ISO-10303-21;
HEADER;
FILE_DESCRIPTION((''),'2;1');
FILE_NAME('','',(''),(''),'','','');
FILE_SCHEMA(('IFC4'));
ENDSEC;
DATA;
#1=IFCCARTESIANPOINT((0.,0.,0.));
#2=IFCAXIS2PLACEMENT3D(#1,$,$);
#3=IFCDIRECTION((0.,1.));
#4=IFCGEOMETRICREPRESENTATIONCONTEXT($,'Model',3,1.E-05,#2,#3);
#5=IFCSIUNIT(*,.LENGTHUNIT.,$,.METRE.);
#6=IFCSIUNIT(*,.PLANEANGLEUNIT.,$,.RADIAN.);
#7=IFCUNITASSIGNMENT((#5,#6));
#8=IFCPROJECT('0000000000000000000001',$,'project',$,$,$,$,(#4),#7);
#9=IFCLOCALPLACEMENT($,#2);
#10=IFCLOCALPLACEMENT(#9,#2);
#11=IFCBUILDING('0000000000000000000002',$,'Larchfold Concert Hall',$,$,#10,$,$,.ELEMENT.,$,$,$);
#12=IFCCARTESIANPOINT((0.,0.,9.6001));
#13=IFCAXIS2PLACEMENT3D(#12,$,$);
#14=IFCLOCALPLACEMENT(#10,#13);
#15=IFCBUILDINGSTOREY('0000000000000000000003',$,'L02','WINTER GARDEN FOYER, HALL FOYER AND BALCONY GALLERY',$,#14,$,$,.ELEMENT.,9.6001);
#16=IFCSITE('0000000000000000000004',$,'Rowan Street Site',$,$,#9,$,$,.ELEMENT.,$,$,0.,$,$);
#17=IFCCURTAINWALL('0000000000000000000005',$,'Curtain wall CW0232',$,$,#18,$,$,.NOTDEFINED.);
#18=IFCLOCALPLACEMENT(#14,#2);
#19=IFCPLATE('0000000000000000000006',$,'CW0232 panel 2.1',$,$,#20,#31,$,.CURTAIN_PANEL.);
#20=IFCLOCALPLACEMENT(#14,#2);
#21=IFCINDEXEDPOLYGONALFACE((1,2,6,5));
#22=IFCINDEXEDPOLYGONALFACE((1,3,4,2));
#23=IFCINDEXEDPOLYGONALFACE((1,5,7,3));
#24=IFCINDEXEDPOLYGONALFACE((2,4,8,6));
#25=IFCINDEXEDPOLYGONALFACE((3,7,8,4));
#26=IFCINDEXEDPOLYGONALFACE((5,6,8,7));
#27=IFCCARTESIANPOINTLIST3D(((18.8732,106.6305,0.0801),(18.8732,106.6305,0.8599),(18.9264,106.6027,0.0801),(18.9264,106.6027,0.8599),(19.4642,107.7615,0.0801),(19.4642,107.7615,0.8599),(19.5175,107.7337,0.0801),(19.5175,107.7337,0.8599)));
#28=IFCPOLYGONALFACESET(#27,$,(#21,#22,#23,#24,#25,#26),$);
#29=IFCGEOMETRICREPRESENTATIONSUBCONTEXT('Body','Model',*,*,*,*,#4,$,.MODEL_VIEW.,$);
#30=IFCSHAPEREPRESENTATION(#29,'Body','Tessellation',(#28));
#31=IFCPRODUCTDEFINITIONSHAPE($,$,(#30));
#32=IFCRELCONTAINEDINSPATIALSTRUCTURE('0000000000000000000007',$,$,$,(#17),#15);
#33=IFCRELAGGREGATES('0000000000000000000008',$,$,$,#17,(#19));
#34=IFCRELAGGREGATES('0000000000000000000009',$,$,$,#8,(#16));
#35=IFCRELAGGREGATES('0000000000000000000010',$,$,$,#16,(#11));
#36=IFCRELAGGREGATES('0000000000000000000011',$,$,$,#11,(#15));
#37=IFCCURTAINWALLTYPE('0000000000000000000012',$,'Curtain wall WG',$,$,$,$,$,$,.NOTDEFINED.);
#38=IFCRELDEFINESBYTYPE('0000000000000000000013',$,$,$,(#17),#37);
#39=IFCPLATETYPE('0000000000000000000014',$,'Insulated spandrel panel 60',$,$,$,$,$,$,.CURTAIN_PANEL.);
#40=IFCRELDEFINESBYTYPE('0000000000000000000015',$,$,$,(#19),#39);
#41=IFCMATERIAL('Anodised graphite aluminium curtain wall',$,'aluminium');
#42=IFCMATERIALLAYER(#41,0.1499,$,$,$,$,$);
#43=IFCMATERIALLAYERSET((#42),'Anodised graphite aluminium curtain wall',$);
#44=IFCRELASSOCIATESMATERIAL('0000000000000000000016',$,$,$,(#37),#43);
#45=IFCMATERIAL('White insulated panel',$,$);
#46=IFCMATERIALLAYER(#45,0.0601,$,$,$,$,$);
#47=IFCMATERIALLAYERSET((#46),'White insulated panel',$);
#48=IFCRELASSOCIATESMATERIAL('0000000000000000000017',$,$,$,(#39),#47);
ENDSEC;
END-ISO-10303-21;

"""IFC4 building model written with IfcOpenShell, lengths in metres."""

from ifc_helpers import new_model, si_unit, direction, frame, origin, origin_2d, place, context, subcontext, project, spatial, rectangle, extrude, material, layer, layer_set, type_object, element, aggregate, save


model = new_model("IFC4")

# Units and contexts
model_context = context("Model", 3, precision=1e-05, world=origin(), true_north=direction((0.0, 1.0)))
body_context = subcontext(model_context, "Body", "Model", "MODEL_VIEW")
ifc_project = project(units=[si_unit("LENGTHUNIT", "METRE"), si_unit("PLANEANGLEUNIT", "RADIAN")], contexts=[model_context])

# Site, building, storey
site_placement = place(None, origin())
site = spatial("IfcSite", under=ifc_project, at=site_placement, Name="Rowan Street Site", CompositionType="ELEMENT", RefElevation=0.0)
building_placement = place(site_placement, origin())
building = spatial("IfcBuilding", under=site, at=building_placement, Name="Larchfold Concert Hall", CompositionType="ELEMENT")
storey_placement = place(building_placement, frame((0.0, 0.0, 9.6001)))
storey = spatial("IfcBuildingStorey", under=building, at=storey_placement, Name="L02", Description="WINTER GARDEN FOYER, HALL FOYER AND BALCONY GALLERY", CompositionType="ELEMENT", Elevation=9.6001)

# Shared definitions
ifc_material_1 = material(Name="Anodised graphite aluminium curtain wall", Category="aluminium")
ifc_layer_1 = layer(ifc_material_1, 0.1499)
ifc_layer_set_1 = layer_set([ifc_layer_1], Name="Anodised graphite aluminium curtain wall")
curtain_wall_type = type_object("IfcCurtainWallType", Name="Curtain wall WG", PredefinedType="NOTDEFINED", material=ifc_layer_set_1)

# Curtain wall
curtain_wall_1_placement = place(storey_placement, origin())
curtain_wall_1 = element("IfcCurtainWall", 1, at=curtain_wall_1_placement, inside=storey, type_object=curtain_wall_type, Name="Curtain wall CW0232", PredefinedType="NOTDEFINED")

# Plate
ifc_material_2 = material(Name="White insulated panel")
ifc_layer_2 = layer(ifc_material_2, 0.0601)
ifc_layer_set_2 = layer_set([ifc_layer_2], Name="White insulated panel")
plate_type_1 = type_object("IfcPlateType", Name="Insulated spandrel panel 60", PredefinedType="CURTAIN_PANEL", material=ifc_layer_set_2)
plate_1_placement = place(storey_placement, frame((19.1953, 107.1821, 0.0801), z_axis=(0.0, 0.0, 1.0), x_axis=(0.463189, 0.88626, 0.0)))
plate_1 = element("IfcPlate", 2, at=plate_1_placement, type_object=plate_type_1, Name="CW0232 panel 2.1", PredefinedType="CURTAIN_PANEL", context=body_context, shape_type="SweptSolid", body=[
    extrude(rectangle(XDim=1.2761, YDim=0.0601, at=origin_2d()), origin(), (0.0, 0.0, 1.0), 0.7798),
])
aggregate(curtain_wall_1, [plate_1])

save(model, "model.ifc")
